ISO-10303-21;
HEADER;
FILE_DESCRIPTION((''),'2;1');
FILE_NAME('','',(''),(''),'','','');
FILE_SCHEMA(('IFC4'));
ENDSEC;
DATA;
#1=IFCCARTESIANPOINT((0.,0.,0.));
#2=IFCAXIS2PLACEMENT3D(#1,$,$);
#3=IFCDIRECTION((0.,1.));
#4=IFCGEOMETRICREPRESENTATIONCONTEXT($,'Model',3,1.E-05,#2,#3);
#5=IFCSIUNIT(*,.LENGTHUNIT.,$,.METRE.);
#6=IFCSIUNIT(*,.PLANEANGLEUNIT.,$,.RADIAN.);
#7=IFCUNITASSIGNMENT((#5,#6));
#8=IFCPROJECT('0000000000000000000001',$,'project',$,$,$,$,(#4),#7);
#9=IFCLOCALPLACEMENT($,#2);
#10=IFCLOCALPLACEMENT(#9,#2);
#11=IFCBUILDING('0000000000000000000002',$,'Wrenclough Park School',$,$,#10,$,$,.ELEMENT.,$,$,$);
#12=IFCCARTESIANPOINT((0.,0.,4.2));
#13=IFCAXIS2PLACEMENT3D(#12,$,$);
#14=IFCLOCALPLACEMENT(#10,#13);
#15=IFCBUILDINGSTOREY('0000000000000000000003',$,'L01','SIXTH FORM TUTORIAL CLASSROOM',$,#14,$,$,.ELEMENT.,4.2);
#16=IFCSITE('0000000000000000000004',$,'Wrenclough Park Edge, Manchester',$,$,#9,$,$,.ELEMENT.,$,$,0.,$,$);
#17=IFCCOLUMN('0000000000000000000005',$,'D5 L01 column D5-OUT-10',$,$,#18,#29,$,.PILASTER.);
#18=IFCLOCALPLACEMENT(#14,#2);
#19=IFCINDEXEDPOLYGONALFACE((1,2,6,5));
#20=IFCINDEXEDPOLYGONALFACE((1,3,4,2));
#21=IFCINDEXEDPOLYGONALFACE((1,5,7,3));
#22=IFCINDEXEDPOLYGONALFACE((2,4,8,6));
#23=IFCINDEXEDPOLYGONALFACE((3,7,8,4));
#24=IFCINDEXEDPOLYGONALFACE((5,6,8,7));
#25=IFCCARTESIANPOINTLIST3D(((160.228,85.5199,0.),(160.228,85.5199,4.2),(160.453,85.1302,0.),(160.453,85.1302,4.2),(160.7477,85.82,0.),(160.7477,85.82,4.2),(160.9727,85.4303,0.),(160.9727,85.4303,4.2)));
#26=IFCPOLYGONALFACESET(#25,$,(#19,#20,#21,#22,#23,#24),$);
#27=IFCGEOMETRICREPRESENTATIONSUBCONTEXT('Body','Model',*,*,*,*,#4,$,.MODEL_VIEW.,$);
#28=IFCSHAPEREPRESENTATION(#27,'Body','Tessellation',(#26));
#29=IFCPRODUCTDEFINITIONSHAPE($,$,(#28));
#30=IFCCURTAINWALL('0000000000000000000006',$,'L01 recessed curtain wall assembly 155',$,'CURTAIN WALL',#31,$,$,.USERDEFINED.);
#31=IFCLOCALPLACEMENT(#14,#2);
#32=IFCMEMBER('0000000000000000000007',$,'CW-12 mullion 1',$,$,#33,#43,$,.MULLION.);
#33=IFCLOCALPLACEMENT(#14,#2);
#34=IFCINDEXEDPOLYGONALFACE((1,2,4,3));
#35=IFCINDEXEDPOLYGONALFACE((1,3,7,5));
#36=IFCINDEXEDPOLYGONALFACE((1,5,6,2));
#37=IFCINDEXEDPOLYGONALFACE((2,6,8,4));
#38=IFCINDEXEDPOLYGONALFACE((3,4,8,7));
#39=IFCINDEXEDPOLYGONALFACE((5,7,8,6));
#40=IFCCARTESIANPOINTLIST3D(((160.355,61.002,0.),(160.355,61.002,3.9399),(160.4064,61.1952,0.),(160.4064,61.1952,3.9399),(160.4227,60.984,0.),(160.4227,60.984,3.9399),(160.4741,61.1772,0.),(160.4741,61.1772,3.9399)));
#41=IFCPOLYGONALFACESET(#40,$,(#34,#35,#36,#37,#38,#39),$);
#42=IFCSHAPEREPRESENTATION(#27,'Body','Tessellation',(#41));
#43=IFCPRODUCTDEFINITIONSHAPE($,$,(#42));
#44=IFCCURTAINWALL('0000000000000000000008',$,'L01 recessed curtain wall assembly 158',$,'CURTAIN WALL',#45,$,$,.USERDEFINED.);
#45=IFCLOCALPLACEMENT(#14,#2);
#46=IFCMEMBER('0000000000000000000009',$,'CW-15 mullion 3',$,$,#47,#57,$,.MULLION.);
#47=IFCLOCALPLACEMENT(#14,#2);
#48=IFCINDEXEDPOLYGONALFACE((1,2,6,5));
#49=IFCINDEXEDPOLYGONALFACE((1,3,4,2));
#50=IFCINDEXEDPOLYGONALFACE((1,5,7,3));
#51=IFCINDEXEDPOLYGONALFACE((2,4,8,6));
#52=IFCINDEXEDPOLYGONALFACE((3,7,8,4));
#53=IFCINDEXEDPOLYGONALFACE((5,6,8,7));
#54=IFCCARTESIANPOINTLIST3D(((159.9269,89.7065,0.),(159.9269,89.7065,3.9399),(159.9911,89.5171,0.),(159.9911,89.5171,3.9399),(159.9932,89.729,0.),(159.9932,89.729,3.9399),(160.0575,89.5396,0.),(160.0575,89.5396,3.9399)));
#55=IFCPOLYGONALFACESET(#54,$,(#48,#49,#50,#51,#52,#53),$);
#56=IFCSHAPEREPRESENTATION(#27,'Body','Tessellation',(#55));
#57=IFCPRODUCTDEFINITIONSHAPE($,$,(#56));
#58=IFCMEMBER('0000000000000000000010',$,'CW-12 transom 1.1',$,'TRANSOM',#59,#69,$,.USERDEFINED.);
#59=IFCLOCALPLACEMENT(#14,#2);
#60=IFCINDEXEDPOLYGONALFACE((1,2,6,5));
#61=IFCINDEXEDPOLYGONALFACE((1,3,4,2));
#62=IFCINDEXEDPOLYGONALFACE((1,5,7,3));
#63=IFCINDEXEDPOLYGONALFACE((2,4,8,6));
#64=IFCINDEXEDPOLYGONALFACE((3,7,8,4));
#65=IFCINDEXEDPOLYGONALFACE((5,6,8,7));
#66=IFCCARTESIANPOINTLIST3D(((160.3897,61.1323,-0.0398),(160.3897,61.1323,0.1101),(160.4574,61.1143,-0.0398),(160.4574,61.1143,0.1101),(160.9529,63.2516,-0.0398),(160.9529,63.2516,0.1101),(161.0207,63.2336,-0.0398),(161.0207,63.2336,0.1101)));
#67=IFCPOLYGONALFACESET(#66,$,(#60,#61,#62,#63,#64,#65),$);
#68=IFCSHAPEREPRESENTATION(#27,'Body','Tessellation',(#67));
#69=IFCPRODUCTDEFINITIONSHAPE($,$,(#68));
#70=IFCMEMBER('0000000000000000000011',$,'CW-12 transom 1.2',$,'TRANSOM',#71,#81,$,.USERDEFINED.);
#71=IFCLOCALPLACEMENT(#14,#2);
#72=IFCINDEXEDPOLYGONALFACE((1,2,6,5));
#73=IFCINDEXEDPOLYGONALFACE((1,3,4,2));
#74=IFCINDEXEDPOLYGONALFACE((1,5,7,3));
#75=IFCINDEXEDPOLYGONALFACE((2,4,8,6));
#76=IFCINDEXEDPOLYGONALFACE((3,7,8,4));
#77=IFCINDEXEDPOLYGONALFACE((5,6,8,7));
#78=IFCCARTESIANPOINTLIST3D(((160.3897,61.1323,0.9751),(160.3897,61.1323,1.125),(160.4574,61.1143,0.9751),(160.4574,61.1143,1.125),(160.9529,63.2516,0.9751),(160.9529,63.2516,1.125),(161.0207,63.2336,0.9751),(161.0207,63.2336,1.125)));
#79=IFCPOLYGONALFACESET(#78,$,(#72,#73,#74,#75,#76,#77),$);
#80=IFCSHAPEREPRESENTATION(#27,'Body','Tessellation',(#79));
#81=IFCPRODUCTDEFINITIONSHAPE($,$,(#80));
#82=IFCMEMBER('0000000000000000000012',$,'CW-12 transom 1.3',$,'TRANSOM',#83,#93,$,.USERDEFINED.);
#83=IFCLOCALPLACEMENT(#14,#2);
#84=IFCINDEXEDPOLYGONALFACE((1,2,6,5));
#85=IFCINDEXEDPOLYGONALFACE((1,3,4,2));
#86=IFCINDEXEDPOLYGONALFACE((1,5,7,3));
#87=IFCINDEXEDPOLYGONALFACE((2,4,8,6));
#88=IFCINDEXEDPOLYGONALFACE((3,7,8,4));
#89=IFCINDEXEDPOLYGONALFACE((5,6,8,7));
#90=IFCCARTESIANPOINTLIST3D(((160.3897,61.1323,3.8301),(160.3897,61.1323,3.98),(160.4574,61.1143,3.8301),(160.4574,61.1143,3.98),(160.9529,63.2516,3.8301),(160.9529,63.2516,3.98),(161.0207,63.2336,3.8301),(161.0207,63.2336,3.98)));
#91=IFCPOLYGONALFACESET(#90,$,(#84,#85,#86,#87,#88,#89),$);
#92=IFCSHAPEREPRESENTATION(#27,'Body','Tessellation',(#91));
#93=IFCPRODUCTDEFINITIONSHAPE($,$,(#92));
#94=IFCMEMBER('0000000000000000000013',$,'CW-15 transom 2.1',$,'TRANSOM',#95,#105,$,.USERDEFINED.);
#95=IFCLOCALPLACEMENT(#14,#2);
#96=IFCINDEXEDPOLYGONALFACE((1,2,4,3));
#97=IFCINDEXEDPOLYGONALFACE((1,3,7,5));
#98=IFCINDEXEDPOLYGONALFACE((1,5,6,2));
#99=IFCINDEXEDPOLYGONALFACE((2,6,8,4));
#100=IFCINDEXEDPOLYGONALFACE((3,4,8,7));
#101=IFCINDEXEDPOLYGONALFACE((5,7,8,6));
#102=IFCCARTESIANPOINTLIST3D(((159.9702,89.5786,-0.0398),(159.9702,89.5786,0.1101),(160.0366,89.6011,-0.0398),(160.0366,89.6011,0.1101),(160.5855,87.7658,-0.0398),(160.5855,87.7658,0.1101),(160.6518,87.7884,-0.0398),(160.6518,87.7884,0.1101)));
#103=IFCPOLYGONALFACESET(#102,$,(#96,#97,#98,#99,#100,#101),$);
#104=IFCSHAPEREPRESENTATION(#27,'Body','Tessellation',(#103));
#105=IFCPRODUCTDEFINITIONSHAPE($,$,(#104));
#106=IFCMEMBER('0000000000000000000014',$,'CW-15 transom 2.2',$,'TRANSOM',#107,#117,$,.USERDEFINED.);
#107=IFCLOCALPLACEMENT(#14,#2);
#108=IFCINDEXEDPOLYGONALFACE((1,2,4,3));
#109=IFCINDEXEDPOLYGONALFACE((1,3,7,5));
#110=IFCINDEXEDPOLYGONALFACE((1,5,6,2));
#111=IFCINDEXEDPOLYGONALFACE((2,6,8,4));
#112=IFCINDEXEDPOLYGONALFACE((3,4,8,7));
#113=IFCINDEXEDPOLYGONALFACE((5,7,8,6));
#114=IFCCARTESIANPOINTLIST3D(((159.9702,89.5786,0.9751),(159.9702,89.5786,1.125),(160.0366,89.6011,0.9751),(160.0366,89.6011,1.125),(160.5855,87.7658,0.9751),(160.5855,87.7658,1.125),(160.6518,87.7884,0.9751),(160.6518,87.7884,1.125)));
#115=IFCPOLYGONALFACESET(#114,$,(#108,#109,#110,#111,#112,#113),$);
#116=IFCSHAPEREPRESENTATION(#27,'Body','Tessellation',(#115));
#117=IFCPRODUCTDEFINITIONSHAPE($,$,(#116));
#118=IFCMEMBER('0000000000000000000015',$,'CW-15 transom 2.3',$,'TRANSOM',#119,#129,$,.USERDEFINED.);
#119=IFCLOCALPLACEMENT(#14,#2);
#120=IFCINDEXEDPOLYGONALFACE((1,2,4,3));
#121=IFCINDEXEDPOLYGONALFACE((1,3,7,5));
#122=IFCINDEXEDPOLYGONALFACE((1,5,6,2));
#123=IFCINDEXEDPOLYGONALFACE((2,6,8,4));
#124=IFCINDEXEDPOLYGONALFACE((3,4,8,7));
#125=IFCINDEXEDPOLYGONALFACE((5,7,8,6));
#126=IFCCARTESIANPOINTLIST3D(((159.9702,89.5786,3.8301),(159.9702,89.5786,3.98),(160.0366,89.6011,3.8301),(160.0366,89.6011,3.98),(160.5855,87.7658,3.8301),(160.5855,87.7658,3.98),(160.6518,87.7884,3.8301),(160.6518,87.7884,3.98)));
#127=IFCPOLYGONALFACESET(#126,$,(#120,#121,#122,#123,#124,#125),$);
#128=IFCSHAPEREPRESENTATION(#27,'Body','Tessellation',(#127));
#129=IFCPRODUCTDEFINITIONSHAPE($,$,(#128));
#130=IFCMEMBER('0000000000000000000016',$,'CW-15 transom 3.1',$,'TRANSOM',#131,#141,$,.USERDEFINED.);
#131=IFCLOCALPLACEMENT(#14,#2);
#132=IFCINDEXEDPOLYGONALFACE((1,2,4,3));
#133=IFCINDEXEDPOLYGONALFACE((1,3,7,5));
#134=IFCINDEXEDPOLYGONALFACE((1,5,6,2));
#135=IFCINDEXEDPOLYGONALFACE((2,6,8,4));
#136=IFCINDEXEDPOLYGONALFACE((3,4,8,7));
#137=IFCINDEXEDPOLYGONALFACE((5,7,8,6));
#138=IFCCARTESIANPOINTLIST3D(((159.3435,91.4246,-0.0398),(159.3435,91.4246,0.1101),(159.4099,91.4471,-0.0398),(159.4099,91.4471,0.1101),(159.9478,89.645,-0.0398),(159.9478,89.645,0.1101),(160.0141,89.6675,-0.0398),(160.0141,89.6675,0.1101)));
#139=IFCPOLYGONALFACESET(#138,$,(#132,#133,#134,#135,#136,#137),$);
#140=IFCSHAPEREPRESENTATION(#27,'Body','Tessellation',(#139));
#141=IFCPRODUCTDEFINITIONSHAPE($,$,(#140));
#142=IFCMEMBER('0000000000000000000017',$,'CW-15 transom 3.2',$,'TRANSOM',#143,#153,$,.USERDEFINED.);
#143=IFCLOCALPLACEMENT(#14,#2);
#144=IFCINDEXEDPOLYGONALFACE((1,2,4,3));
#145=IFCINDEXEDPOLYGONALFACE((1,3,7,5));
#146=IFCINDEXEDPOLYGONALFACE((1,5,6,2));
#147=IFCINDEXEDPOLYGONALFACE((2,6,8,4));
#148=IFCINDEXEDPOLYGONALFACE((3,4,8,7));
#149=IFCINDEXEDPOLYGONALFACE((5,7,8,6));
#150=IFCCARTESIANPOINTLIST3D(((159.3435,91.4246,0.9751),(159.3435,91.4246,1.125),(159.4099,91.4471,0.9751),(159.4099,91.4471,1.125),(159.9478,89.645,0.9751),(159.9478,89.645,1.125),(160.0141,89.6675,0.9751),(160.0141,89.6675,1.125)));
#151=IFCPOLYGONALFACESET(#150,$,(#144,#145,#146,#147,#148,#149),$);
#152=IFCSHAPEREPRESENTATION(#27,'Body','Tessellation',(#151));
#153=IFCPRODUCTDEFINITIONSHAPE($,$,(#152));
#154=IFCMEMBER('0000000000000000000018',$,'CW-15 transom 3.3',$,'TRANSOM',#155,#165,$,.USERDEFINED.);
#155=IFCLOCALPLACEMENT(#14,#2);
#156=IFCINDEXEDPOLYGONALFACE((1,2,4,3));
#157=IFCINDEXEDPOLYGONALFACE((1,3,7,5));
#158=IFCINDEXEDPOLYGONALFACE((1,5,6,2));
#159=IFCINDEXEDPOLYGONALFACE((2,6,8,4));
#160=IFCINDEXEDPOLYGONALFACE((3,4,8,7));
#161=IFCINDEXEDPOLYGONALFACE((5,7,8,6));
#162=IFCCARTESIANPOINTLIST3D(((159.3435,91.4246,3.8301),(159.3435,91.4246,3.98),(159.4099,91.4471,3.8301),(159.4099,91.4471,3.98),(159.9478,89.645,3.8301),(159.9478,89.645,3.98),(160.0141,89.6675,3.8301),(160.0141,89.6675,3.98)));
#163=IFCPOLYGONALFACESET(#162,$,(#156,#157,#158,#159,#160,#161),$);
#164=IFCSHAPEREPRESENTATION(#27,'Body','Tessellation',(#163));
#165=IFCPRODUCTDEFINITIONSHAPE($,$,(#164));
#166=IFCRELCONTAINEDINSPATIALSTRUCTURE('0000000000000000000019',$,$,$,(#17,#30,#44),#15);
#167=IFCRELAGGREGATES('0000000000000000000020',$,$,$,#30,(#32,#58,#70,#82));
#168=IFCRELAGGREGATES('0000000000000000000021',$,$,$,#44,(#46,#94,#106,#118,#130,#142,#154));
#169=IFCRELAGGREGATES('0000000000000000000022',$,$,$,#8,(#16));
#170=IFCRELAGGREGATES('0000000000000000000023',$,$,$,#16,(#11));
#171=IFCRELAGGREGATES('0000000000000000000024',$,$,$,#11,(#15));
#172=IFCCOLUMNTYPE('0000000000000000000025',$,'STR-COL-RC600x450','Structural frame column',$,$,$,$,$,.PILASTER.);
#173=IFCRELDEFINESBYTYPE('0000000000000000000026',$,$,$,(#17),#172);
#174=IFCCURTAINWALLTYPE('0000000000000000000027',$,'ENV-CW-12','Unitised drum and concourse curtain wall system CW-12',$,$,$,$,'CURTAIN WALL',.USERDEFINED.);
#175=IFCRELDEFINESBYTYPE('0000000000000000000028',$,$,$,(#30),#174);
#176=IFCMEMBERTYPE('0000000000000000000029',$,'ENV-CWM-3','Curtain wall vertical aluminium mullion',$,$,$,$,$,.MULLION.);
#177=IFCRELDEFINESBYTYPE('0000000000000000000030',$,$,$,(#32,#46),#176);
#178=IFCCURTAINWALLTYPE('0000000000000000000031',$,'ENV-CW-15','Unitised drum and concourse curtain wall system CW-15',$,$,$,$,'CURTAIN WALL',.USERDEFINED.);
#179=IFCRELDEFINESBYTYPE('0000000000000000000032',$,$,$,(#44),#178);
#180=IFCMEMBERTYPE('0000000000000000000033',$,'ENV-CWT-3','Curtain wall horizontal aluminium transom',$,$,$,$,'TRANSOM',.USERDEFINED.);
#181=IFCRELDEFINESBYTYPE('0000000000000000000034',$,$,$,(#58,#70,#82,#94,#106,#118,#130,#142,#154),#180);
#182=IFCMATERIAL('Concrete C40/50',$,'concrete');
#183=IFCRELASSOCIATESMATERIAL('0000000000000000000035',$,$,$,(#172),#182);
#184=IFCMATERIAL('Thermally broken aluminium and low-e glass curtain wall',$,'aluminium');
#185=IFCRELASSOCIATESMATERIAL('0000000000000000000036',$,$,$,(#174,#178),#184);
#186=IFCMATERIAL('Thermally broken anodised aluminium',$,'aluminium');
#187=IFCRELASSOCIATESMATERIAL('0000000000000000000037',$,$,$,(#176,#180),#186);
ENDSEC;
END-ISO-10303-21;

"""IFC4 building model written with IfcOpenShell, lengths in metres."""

from ifc_helpers import new_model, si_unit, direction, frame, origin, origin_2d, place, context, subcontext, project, spatial, rectangle, extrude, material, material_profile, profile_set, type_object, element, aggregate, save


model = new_model("IFC4")

# Units and contexts
model_context = context("Model", 3, precision=1e-05, world=origin(), true_north=direction((0.0, 1.0)))
body_context = subcontext(model_context, "Body", "Model", "MODEL_VIEW")
ifc_project = project(units=[si_unit("LENGTHUNIT", "METRE"), si_unit("PLANEANGLEUNIT", "RADIAN")], contexts=[model_context])

# Site, building, storey
site_placement = place(None, origin())
site = spatial("IfcSite", under=ifc_project, at=site_placement, Name="Wrenclough Park Edge, Manchester", CompositionType="ELEMENT", RefElevation=0.0)
building_placement = place(site_placement, origin())
building = spatial("IfcBuilding", under=site, at=building_placement, Name="Wrenclough Park School", CompositionType="ELEMENT")
storey_placement = place(building_placement, frame((0.0, 0.0, 4.2)))
storey = spatial("IfcBuildingStorey", under=building, at=storey_placement, Name="L01", Description="SIXTH FORM TUTORIAL CLASSROOM", CompositionType="ELEMENT", Elevation=4.2)

# Column
ifc_material_1 = material(Name="Concrete C40/50", Category="concrete")
ifc_material_profile_1 = material_profile(ifc_material_1, rectangle(XDim=0.45, YDim=0.6001, at=origin_2d()), Name="RC COL 600x450")
ifc_profile_set_1 = profile_set([ifc_material_profile_1], Name="Concrete C40/50")
column_type = type_object("IfcColumnType", Name="STR-COL-RC600x450", Description="Structural frame column", PredefinedType="PILASTER", material=ifc_profile_set_1)
column_placement = place(storey_placement, frame((160.6003, 85.4751, 0.0), z_axis=(0.0, 0.0, 1.0), x_axis=(0.5, -0.866025, 0.0)))
element("IfcColumn", 1, at=column_placement, inside=storey, type_object=column_type, Name="D5 L01 column D5-OUT-10", PredefinedType="PILASTER", context=body_context, shape_type="SweptSolid", body=[
    extrude(rectangle(XDim=0.45, YDim=0.6001, at=origin_2d()), origin(), (0.0, 0.0, 1.0), 4.2),
])

# Curtain walls, members
ifc_material_2 = material(Name="Thermally broken aluminium and low-e glass curtain wall", Category="aluminium")
curtain_wall_type_1 = type_object("IfcCurtainWallType", Name="ENV-CW-12", Description="Unitised drum and concourse curtain wall system CW-12", ElementType="CURTAIN WALL", PredefinedType="USERDEFINED", material=ifc_material_2)
curtain_wall_1_placement = place(storey_placement, origin())
curtain_wall_1 = element("IfcCurtainWall", 2, at=curtain_wall_1_placement, inside=storey, type_object=curtain_wall_type_1, Name="L01 recessed curtain wall assembly 155", ObjectType="CURTAIN WALL", PredefinedType="USERDEFINED")
ifc_material_3 = material(Name="Thermally broken anodised aluminium", Category="aluminium")
ifc_material_profile_2 = material_profile(ifc_material_3, rectangle(XDim=0.0701, YDim=0.2, at=origin_2d()), Name="AL MULLION 70x200")
ifc_profile_set_2 = profile_set([ifc_material_profile_2], Name="Thermally broken anodised aluminium")
member_type_1 = type_object("IfcMemberType", Name="ENV-CWM-3", Description="Curtain wall vertical aluminium mullion", PredefinedType="MULLION", material=ifc_profile_set_2)
member_1_placement = place(storey_placement, frame((160.4146, 61.0896, 0.0), z_axis=(0.0, 0.0, 1.0), x_axis=(-0.966443, 0.256882, 0.0)))
member_1 = element("IfcMember", 3, at=member_1_placement, type_object=member_type_1, Name="CW-12 mullion 1", PredefinedType="MULLION", context=body_context, shape_type="SweptSolid", body=[
    extrude(rectangle(XDim=0.0701, YDim=0.2, at=origin_2d()), origin(), (0.0, 0.0, 1.0), 3.9399),
])
curtain_wall_type_2 = type_object("IfcCurtainWallType", Name="ENV-CW-15", Description="Unitised drum and concourse curtain wall system CW-15", ElementType="CURTAIN WALL", PredefinedType="USERDEFINED", material=ifc_material_2)
curtain_wall_2_placement = place(storey_placement, origin())
curtain_wall_2 = element("IfcCurtainWall", 4, at=curtain_wall_2_placement, inside=storey, type_object=curtain_wall_type_2, Name="L01 recessed curtain wall assembly 158", ObjectType="CURTAIN WALL", PredefinedType="USERDEFINED")
member_2_placement = place(storey_placement, frame((159.9922, 89.623, 0.0), z_axis=(0.0, 0.0, 1.0), x_axis=(-0.946934, -0.321429, 0.0)))
member_2 = element("IfcMember", 5, at=member_2_placement, type_object=member_type_1, Name="CW-15 mullion 3", PredefinedType="MULLION", context=body_context, shape_type="SweptSolid", body=[
    extrude(rectangle(XDim=0.0701, YDim=0.2, at=origin_2d()), origin(), (0.0, 0.0, 1.0), 3.9399),
])

# Members
ifc_material_profile_3 = material_profile(ifc_material_3, rectangle(XDim=0.0701, YDim=0.1499, at=origin_2d()), Name="AL TRANSOM 70x150")
ifc_profile_set_3 = profile_set([ifc_material_profile_3], Name="Thermally broken anodised aluminium")
member_type_2 = type_object("IfcMemberType", Name="ENV-CWT-3", Description="Curtain wall horizontal aluminium transom", ElementType="TRANSOM", PredefinedType="USERDEFINED", material=ifc_profile_set_3)
member_3_placement = place(storey_placement, frame((160.4236, 61.1233, 0.0352), z_axis=(0.256838, 0.966454, 0.0), x_axis=(-0.966454, 0.256838, 0.0)))
member_3 = element("IfcMember", 6, at=member_3_placement, type_object=member_type_2, Name="CW-12 transom 1.1", ObjectType="TRANSOM", PredefinedType="USERDEFINED", context=body_context, shape_type="SweptSolid", body=[
    extrude(rectangle(XDim=0.0701, YDim=0.1499, at=origin_2d()), origin(), (0.0, 0.0, 1.0), 2.1929),
])
member_4_placement = place(storey_placement, frame((160.4236, 61.1233, 1.05), z_axis=(0.256838, 0.966454, 0.0), x_axis=(-0.966454, 0.256838, 0.0)))
member_4 = element("IfcMember", 7, at=member_4_placement, type_object=member_type_2, Name="CW-12 transom 1.2", ObjectType="TRANSOM", PredefinedType="USERDEFINED", context=body_context, shape_type="SweptSolid", body=[
    extrude(rectangle(XDim=0.0701, YDim=0.1499, at=origin_2d()), origin(), (0.0, 0.0, 1.0), 2.1929),
])
member_5_placement = place(storey_placement, frame((160.4236, 61.1233, 3.905), z_axis=(0.256838, 0.966454, 0.0), x_axis=(-0.966454, 0.256838, 0.0)))
member_5 = element("IfcMember", 8, at=member_5_placement, type_object=member_type_2, Name="CW-12 transom 1.3", ObjectType="TRANSOM", PredefinedType="USERDEFINED", context=body_context, shape_type="SweptSolid", body=[
    extrude(rectangle(XDim=0.0701, YDim=0.1499, at=origin_2d()), origin(), (0.0, 0.0, 1.0), 2.1929),
])
aggregate(curtain_wall_1, [member_1, member_3, member_4, member_5])
member_6_placement = place(storey_placement, frame((160.6187, 87.7771, 0.0352), z_axis=(-0.321388, 0.946948, 0.0), x_axis=(-0.946948, -0.321388, 0.0)))
member_6 = element("IfcMember", 9, at=member_6_placement, type_object=member_type_2, Name="CW-15 transom 2.1", ObjectType="TRANSOM", PredefinedType="USERDEFINED", context=body_context, shape_type="SweptSolid", body=[
    extrude(rectangle(XDim=0.0701, YDim=0.1499, at=origin_2d()), origin(), (0.0, 0.0, 1.0), 1.9143),
])
member_7_placement = place(storey_placement, frame((160.6187, 87.7771, 1.05), z_axis=(-0.321388, 0.946948, 0.0), x_axis=(-0.946948, -0.321388, 0.0)))
member_7 = element("IfcMember", 10, at=member_7_placement, type_object=member_type_2, Name="CW-15 transom 2.2", ObjectType="TRANSOM", PredefinedType="USERDEFINED", context=body_context, shape_type="SweptSolid", body=[
    extrude(rectangle(XDim=0.0701, YDim=0.1499, at=origin_2d()), origin(), (0.0, 0.0, 1.0), 1.9143),
])
member_8_placement = place(storey_placement, frame((160.6187, 87.7771, 3.905), z_axis=(-0.321388, 0.946948, 0.0), x_axis=(-0.946948, -0.321388, 0.0)))
member_8 = element("IfcMember", 11, at=member_8_placement, type_object=member_type_2, Name="CW-15 transom 2.3", ObjectType="TRANSOM", PredefinedType="USERDEFINED", context=body_context, shape_type="SweptSolid", body=[
    extrude(rectangle(XDim=0.0701, YDim=0.1499, at=origin_2d()), origin(), (0.0, 0.0, 1.0), 1.9143),
])
member_9_placement = place(storey_placement, frame((159.981, 89.6562, 0.0352), z_axis=(-0.321523, 0.946902, 0.0), x_axis=(-0.946902, -0.321523, 0.0)))
member_9 = element("IfcMember", 12, at=member_9_placement, type_object=member_type_2, Name="CW-15 transom 3.1", ObjectType="TRANSOM", PredefinedType="USERDEFINED", context=body_context, shape_type="SweptSolid", body=[
    extrude(rectangle(XDim=0.0701, YDim=0.1499, at=origin_2d()), origin(), (0.0, 0.0, 1.0), 1.8794),
])
member_10_placement = place(storey_placement, frame((159.981, 89.6562, 1.05), z_axis=(-0.321523, 0.946902, 0.0), x_axis=(-0.946902, -0.321523, 0.0)))
member_10 = element("IfcMember", 13, at=member_10_placement, type_object=member_type_2, Name="CW-15 transom 3.2", ObjectType="TRANSOM", PredefinedType="USERDEFINED", context=body_context, shape_type="SweptSolid", body=[
    extrude(rectangle(XDim=0.0701, YDim=0.1499, at=origin_2d()), origin(), (0.0, 0.0, 1.0), 1.8794),
])
member_11_placement = place(storey_placement, frame((159.981, 89.6562, 3.905), z_axis=(-0.321523, 0.946902, 0.0), x_axis=(-0.946902, -0.321523, 0.0)))
member_11 = element("IfcMember", 14, at=member_11_placement, type_object=member_type_2, Name="CW-15 transom 3.3", ObjectType="TRANSOM", PredefinedType="USERDEFINED", context=body_context, shape_type="SweptSolid", body=[
    extrude(rectangle(XDim=0.0701, YDim=0.1499, at=origin_2d()), origin(), (0.0, 0.0, 1.0), 1.8794),
])

aggregate(curtain_wall_2, [member_2, member_6, member_7, member_8, member_9, member_10, member_11])

save(model, "model.ifc")
